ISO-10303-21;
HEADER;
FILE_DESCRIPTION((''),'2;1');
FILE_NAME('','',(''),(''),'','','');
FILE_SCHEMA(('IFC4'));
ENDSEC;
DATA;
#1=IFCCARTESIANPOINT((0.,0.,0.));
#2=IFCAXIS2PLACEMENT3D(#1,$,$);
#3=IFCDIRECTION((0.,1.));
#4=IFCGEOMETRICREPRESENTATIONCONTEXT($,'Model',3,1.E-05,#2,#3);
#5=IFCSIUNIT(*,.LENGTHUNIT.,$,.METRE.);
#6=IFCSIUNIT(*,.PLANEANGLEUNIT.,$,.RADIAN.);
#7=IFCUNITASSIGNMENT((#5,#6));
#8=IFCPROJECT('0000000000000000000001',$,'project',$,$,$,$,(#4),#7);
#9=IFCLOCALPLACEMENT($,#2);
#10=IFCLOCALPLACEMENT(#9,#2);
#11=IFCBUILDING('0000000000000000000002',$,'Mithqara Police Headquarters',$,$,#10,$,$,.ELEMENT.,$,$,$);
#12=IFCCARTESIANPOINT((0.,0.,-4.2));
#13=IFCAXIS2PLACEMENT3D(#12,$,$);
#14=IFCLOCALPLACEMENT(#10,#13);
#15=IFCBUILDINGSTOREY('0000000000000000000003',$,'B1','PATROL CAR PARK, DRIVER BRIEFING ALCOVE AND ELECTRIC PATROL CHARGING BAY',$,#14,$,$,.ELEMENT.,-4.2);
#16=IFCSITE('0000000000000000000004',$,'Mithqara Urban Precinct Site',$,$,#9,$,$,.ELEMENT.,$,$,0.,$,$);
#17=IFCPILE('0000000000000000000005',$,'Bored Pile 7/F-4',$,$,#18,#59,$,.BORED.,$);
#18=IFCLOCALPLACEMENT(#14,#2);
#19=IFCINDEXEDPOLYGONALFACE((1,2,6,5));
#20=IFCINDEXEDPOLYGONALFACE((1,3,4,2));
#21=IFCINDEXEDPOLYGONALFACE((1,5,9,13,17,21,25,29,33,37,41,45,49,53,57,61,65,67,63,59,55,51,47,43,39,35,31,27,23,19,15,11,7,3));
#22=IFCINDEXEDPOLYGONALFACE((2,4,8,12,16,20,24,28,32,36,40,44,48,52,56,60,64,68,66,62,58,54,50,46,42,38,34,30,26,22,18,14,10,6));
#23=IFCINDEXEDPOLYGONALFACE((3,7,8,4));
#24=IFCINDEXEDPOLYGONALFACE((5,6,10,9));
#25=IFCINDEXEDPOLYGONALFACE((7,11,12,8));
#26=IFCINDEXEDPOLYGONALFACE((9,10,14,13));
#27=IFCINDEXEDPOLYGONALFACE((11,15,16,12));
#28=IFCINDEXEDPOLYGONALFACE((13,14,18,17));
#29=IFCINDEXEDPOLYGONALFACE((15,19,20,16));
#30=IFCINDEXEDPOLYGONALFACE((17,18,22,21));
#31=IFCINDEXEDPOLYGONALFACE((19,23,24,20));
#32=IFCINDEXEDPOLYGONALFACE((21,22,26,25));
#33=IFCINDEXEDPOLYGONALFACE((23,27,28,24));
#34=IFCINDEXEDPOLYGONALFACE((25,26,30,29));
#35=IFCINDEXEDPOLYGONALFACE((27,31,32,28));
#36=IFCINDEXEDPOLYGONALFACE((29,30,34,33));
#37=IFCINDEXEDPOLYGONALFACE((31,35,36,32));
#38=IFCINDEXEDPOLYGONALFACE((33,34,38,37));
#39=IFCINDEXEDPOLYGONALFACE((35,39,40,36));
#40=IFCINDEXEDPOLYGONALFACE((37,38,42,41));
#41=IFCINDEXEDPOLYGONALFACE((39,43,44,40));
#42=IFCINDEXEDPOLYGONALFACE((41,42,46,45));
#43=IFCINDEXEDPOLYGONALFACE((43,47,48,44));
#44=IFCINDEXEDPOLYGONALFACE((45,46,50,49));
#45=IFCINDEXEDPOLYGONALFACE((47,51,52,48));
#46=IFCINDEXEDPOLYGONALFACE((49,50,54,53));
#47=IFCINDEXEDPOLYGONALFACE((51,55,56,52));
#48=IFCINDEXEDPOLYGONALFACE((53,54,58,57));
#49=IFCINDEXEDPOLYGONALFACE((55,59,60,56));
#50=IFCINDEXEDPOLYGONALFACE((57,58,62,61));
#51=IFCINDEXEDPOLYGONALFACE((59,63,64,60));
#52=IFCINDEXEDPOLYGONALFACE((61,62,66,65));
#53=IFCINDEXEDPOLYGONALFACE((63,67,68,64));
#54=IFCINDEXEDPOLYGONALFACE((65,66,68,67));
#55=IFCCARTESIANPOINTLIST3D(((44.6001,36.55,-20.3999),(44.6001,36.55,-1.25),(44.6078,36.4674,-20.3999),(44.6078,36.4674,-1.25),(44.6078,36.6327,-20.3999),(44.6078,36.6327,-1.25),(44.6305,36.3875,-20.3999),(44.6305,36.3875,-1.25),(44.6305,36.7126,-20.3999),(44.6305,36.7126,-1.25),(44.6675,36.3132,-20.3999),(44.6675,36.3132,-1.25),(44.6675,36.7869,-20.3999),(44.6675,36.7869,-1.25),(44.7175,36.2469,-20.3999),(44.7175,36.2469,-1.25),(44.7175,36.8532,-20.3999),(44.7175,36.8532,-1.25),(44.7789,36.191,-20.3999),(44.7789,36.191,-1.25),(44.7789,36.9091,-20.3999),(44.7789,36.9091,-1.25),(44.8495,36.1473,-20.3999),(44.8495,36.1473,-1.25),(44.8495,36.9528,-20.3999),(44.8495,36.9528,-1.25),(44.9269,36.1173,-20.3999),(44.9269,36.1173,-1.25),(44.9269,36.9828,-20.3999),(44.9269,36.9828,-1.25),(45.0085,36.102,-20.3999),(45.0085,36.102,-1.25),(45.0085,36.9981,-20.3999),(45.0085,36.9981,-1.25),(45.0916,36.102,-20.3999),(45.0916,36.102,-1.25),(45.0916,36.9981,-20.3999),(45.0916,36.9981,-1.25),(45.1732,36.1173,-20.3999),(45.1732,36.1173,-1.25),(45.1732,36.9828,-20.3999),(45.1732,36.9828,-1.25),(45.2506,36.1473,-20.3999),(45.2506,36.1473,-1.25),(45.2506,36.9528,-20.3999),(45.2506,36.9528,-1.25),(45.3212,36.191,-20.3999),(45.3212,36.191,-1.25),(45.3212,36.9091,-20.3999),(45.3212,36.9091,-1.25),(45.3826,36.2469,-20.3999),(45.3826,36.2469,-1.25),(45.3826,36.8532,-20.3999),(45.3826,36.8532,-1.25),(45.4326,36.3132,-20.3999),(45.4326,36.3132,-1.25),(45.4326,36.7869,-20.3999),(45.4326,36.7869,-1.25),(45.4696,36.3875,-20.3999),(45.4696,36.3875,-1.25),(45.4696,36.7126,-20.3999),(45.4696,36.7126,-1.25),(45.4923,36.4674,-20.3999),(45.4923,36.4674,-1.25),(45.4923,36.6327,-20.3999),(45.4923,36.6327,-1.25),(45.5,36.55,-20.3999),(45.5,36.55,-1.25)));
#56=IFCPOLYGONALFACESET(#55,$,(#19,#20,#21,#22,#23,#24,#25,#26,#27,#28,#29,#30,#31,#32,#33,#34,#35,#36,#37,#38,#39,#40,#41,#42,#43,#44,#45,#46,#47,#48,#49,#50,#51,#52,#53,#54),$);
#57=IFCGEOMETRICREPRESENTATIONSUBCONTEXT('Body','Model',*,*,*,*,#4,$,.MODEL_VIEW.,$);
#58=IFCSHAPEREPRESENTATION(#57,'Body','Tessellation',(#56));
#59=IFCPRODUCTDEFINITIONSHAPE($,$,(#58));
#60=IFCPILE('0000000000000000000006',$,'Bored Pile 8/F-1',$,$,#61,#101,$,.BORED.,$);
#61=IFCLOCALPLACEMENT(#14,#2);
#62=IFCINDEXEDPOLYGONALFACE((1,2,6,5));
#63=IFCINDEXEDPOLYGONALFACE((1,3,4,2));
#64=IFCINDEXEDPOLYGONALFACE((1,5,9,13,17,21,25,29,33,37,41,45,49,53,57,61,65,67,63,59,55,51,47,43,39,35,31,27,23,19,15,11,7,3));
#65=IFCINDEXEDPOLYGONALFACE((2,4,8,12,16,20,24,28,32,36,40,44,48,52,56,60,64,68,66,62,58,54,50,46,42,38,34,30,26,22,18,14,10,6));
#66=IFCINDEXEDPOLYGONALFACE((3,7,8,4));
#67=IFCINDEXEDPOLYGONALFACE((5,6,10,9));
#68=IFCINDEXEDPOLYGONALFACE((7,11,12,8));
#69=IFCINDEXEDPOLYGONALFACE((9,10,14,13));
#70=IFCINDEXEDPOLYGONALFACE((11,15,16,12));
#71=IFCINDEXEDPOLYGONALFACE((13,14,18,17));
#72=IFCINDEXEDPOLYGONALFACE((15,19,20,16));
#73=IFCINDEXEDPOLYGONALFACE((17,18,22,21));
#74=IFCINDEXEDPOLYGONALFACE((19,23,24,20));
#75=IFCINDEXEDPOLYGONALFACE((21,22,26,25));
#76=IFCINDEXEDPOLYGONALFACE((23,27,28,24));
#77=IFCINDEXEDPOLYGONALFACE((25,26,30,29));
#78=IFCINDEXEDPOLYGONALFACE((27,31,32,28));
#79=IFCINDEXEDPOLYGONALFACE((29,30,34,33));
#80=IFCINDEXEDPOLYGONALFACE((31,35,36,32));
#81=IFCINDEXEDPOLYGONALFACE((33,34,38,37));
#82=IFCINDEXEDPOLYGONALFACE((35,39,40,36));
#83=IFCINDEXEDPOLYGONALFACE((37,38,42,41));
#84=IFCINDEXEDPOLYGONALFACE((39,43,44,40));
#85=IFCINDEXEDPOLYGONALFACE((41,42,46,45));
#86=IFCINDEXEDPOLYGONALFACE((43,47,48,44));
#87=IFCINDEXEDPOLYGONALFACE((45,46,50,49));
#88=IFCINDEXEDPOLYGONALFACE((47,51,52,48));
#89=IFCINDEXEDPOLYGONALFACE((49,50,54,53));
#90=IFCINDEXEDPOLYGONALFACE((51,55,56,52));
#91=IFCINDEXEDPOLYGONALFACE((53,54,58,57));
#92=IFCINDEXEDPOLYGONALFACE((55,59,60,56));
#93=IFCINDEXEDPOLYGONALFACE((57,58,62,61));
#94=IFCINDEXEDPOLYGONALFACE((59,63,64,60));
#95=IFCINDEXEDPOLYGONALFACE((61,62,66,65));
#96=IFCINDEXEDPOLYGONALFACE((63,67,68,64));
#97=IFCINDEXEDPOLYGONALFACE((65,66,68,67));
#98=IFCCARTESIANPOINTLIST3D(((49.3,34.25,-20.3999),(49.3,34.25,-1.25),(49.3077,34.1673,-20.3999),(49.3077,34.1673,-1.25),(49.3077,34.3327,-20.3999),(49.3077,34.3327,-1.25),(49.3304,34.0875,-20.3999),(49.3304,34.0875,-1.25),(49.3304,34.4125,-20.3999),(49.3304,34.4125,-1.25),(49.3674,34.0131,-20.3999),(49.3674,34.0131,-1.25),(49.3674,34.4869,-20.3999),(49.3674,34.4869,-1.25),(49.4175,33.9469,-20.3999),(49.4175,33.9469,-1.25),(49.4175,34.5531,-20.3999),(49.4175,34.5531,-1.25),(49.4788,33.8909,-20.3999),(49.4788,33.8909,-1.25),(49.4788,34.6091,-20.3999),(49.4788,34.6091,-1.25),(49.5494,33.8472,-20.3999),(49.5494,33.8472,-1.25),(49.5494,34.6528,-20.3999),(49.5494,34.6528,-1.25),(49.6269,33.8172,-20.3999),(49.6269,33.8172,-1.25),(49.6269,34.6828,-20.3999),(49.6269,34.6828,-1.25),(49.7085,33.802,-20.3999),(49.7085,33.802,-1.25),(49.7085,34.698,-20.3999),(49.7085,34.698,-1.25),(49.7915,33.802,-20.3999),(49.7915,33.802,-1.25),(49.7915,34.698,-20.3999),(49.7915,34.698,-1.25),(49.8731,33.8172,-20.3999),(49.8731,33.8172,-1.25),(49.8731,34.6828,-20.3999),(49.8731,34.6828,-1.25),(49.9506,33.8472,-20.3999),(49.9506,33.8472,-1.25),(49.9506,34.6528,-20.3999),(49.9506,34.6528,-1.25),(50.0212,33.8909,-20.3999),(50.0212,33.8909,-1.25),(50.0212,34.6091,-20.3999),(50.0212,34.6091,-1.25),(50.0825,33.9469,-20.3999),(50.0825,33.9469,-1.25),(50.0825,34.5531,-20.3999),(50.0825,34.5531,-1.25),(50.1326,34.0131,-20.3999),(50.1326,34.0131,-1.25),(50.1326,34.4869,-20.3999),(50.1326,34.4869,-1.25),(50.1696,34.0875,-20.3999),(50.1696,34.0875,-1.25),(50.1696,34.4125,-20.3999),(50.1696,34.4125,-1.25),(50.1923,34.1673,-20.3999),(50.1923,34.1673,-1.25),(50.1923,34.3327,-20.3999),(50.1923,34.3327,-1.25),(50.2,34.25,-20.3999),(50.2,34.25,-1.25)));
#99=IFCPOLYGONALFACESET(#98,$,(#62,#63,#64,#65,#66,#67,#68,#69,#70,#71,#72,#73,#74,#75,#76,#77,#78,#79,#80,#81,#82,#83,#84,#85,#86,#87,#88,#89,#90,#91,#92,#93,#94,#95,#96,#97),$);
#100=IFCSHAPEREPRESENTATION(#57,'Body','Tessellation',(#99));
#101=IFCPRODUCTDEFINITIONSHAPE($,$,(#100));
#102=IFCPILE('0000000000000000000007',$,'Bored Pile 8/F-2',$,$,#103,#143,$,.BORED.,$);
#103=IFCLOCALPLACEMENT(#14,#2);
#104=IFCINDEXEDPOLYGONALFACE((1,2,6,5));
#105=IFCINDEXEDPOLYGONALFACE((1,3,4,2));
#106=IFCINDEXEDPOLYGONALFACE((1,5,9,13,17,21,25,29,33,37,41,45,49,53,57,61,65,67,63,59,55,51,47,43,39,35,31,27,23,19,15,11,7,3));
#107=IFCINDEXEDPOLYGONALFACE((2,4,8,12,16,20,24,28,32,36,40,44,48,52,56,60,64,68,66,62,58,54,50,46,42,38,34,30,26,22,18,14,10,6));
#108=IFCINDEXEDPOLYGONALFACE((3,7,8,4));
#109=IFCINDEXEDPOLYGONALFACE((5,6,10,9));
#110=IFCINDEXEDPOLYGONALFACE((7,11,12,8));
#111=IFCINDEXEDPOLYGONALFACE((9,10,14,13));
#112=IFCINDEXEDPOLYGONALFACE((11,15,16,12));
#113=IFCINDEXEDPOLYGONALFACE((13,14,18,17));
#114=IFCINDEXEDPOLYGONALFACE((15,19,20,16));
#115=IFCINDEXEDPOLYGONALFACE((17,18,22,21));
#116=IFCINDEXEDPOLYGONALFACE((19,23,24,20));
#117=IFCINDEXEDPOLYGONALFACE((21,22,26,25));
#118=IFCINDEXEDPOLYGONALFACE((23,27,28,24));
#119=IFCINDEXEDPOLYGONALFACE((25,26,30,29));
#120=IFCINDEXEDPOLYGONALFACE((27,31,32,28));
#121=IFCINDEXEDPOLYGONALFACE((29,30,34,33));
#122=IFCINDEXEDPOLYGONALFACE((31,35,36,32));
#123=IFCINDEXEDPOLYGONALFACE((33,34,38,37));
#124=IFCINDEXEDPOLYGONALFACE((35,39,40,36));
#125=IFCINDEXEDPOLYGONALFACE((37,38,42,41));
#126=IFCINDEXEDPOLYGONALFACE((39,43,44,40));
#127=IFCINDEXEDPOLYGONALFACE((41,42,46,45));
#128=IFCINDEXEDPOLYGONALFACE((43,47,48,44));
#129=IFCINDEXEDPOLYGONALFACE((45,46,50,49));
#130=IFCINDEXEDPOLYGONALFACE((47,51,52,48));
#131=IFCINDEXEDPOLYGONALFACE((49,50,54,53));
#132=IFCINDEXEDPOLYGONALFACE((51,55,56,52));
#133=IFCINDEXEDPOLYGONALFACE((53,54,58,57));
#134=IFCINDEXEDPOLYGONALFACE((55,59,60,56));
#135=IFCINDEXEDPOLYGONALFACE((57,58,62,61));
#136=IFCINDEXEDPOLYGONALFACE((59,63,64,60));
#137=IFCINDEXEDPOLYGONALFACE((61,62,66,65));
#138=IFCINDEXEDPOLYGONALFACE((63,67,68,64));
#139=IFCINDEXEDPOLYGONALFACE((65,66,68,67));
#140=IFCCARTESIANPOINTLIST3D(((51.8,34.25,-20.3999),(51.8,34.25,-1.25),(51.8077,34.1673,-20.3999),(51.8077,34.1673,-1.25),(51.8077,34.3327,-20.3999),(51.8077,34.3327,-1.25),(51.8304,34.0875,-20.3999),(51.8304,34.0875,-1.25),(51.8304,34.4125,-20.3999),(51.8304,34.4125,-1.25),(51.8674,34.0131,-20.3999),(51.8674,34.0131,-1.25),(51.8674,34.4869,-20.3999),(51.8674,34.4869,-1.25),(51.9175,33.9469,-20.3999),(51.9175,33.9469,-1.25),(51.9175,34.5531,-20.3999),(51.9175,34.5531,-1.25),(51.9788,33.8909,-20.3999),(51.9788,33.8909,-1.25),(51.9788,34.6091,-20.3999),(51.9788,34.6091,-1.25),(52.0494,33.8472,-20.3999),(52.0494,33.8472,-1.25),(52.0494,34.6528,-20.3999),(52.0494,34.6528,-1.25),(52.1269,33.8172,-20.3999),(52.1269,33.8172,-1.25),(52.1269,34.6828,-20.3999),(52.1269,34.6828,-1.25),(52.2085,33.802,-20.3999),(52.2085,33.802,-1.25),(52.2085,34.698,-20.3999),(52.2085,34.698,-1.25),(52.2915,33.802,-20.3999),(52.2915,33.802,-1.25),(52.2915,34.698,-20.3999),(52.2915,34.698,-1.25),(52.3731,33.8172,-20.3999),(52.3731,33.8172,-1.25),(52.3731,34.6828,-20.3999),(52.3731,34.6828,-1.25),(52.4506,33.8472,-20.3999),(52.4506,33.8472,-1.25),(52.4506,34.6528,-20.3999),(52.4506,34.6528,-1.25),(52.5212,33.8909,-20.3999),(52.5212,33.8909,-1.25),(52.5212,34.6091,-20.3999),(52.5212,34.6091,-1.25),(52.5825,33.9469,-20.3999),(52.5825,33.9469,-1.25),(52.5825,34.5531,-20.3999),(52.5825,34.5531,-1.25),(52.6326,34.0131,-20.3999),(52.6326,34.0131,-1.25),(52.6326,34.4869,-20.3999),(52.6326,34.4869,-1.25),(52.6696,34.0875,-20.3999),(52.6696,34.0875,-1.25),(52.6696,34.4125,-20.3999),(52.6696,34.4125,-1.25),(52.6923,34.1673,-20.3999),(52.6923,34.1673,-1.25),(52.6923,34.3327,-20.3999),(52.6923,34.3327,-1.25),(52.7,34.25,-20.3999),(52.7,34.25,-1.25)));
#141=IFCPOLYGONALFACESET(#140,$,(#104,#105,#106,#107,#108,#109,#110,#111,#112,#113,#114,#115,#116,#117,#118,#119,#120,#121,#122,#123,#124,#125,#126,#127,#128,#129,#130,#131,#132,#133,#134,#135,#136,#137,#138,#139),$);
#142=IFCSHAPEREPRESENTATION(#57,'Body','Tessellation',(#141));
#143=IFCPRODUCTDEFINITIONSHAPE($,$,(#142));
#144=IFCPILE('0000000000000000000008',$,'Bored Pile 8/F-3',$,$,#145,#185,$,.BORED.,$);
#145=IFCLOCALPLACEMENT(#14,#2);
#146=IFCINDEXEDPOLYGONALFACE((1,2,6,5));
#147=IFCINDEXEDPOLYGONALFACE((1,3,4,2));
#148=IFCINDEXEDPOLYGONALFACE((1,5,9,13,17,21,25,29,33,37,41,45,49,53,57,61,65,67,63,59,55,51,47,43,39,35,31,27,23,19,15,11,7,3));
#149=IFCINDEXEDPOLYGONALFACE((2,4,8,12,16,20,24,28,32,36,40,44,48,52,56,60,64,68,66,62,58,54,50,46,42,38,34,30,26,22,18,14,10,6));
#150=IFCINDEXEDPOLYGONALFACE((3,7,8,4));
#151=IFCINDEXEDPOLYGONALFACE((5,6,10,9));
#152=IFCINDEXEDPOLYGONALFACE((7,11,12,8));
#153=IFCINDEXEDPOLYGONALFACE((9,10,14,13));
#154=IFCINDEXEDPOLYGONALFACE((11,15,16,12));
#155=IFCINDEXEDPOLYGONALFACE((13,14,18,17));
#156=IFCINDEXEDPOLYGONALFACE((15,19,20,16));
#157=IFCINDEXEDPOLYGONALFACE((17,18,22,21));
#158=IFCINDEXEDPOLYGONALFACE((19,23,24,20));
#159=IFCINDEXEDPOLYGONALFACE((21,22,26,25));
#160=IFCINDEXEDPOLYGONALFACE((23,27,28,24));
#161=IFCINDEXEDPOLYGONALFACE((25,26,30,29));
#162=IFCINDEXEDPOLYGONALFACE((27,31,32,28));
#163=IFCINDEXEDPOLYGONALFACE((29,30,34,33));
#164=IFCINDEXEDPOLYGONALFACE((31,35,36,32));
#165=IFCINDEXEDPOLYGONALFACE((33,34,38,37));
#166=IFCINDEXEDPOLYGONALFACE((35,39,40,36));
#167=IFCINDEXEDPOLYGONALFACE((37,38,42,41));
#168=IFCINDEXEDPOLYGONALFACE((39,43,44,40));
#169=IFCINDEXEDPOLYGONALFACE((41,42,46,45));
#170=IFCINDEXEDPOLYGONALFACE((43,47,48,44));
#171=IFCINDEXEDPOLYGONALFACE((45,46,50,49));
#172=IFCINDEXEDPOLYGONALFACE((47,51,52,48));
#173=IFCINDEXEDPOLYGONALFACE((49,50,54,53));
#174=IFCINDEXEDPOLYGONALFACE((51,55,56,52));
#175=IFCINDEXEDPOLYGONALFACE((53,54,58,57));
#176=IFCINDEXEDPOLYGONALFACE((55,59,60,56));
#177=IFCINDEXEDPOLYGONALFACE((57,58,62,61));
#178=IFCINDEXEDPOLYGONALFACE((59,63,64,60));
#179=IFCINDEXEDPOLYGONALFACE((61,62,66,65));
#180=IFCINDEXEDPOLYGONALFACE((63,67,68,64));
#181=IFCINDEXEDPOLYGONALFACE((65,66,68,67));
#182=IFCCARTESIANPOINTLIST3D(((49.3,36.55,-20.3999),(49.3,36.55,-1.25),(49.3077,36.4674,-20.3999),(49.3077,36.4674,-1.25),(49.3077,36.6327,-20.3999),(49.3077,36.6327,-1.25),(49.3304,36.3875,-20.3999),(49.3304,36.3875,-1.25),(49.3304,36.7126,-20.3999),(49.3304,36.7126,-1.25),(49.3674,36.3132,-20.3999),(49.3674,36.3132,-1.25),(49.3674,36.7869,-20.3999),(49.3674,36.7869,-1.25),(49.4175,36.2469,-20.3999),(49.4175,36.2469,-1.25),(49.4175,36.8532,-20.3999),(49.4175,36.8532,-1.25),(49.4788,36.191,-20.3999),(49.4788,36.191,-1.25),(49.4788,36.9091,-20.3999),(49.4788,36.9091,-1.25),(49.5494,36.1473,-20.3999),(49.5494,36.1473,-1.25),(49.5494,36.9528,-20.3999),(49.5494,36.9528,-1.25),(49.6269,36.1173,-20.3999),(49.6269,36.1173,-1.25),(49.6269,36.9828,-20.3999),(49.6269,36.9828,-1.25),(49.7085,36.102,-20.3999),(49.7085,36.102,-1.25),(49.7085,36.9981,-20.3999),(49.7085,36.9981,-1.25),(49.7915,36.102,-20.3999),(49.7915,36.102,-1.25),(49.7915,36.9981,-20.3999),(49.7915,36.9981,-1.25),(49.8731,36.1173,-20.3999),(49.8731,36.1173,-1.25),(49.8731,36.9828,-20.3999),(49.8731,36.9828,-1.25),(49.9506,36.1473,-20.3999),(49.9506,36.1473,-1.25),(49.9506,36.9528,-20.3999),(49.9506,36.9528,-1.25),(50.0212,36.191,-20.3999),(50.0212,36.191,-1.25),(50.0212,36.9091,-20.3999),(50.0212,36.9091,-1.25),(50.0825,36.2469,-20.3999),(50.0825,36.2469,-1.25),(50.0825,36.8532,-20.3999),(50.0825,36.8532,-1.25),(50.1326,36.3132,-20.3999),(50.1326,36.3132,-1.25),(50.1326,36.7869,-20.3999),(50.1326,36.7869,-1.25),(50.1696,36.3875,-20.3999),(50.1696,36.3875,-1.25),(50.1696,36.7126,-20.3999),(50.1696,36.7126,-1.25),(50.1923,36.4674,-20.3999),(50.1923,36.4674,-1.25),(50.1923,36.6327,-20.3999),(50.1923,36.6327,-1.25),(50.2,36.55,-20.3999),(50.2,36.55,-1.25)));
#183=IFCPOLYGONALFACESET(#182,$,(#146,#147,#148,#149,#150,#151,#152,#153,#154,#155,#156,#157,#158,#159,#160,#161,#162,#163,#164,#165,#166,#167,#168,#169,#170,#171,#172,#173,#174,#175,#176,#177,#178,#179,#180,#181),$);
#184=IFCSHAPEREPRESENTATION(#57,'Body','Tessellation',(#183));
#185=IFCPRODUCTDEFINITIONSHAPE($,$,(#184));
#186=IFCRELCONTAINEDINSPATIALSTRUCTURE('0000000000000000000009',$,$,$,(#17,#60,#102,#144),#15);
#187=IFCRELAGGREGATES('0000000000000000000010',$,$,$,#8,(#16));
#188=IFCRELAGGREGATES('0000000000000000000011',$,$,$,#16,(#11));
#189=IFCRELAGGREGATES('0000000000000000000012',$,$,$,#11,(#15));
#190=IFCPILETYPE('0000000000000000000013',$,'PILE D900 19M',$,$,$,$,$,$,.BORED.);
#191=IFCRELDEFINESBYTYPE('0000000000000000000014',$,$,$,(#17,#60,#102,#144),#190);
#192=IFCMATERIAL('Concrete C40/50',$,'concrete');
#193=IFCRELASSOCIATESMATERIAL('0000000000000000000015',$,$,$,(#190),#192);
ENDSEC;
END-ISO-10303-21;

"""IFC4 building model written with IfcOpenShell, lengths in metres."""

from ifc_helpers import new_model, si_unit, direction, frame, origin, origin_2d, place, context, subcontext, project, spatial, circle, extrude, material, material_profile, profile_set, type_object, element, save


model = new_model("IFC4")

# Units and contexts
model_context = context("Model", 3, precision=1e-05, world=origin(), true_north=direction((0.0, 1.0)))
body_context = subcontext(model_context, "Body", "Model", "MODEL_VIEW")
ifc_project = project(units=[si_unit("LENGTHUNIT", "METRE"), si_unit("PLANEANGLEUNIT", "RADIAN")], contexts=[model_context])

# Site, building, storey
site_placement = place(None, origin())
site = spatial("IfcSite", under=ifc_project, at=site_placement, Name="Mithqara Urban Precinct Site", CompositionType="ELEMENT", RefElevation=0.0)
building_placement = place(site_placement, origin())
building = spatial("IfcBuilding", under=site, at=building_placement, Name="Mithqara Police Headquarters", CompositionType="ELEMENT")
storey_placement = place(building_placement, frame((0.0, 0.0, -4.2)))
storey = spatial("IfcBuildingStorey", under=building, at=storey_placement, Name="B1", Description="PATROL CAR PARK, DRIVER BRIEFING ALCOVE AND ELECTRIC PATROL CHARGING BAY", CompositionType="ELEMENT", Elevation=-4.2)

# Shared definitions
ifc_material_1 = material(Name="Concrete C40/50", Category="concrete")

# Piles
ifc_material_profile_1 = material_profile(ifc_material_1, circle(Radius=0.45, at=origin_2d()), Name="PILE D900")
ifc_profile_set_1 = profile_set([ifc_material_profile_1], Name="Concrete C40/50")
pile_type = type_object("IfcPileType", Name="PILE D900 19M", PredefinedType="BORED", material=ifc_profile_set_1)
for number, where, z_axis, x_axis, name in (
    (1, (45.05, 36.55, -1.25), (0.0, 0.0, -1.0), (1.0, 0.0, 0.0), "Bored Pile 7/F-4"),
    (2, (49.75, 34.25, -1.25), (0.0, 0.0, -1.0), (1.0, 0.0, 0.0), "Bored Pile 8/F-1"),
    (3, (52.25, 34.25, -1.25), (0.0, 0.0, -1.0), (1.0, 0.0, 0.0), "Bored Pile 8/F-2"),
    (4, (49.75, 36.55, -1.25), (0.0, 0.0, -1.0), (1.0, 0.0, 0.0), "Bored Pile 8/F-3"),
):
    element("IfcPile", number, at=place(storey_placement, frame(where, z_axis=z_axis, x_axis=x_axis)), inside=storey, type_object=pile_type, Name=name, PredefinedType="BORED", context=body_context, shape_type="SweptSolid", body=[
        extrude(circle(Radius=0.45, at=origin_2d()), origin(), (0.0, 0.0, 1.0), 19.1499),
    ])

save(model, "model.ifc")
